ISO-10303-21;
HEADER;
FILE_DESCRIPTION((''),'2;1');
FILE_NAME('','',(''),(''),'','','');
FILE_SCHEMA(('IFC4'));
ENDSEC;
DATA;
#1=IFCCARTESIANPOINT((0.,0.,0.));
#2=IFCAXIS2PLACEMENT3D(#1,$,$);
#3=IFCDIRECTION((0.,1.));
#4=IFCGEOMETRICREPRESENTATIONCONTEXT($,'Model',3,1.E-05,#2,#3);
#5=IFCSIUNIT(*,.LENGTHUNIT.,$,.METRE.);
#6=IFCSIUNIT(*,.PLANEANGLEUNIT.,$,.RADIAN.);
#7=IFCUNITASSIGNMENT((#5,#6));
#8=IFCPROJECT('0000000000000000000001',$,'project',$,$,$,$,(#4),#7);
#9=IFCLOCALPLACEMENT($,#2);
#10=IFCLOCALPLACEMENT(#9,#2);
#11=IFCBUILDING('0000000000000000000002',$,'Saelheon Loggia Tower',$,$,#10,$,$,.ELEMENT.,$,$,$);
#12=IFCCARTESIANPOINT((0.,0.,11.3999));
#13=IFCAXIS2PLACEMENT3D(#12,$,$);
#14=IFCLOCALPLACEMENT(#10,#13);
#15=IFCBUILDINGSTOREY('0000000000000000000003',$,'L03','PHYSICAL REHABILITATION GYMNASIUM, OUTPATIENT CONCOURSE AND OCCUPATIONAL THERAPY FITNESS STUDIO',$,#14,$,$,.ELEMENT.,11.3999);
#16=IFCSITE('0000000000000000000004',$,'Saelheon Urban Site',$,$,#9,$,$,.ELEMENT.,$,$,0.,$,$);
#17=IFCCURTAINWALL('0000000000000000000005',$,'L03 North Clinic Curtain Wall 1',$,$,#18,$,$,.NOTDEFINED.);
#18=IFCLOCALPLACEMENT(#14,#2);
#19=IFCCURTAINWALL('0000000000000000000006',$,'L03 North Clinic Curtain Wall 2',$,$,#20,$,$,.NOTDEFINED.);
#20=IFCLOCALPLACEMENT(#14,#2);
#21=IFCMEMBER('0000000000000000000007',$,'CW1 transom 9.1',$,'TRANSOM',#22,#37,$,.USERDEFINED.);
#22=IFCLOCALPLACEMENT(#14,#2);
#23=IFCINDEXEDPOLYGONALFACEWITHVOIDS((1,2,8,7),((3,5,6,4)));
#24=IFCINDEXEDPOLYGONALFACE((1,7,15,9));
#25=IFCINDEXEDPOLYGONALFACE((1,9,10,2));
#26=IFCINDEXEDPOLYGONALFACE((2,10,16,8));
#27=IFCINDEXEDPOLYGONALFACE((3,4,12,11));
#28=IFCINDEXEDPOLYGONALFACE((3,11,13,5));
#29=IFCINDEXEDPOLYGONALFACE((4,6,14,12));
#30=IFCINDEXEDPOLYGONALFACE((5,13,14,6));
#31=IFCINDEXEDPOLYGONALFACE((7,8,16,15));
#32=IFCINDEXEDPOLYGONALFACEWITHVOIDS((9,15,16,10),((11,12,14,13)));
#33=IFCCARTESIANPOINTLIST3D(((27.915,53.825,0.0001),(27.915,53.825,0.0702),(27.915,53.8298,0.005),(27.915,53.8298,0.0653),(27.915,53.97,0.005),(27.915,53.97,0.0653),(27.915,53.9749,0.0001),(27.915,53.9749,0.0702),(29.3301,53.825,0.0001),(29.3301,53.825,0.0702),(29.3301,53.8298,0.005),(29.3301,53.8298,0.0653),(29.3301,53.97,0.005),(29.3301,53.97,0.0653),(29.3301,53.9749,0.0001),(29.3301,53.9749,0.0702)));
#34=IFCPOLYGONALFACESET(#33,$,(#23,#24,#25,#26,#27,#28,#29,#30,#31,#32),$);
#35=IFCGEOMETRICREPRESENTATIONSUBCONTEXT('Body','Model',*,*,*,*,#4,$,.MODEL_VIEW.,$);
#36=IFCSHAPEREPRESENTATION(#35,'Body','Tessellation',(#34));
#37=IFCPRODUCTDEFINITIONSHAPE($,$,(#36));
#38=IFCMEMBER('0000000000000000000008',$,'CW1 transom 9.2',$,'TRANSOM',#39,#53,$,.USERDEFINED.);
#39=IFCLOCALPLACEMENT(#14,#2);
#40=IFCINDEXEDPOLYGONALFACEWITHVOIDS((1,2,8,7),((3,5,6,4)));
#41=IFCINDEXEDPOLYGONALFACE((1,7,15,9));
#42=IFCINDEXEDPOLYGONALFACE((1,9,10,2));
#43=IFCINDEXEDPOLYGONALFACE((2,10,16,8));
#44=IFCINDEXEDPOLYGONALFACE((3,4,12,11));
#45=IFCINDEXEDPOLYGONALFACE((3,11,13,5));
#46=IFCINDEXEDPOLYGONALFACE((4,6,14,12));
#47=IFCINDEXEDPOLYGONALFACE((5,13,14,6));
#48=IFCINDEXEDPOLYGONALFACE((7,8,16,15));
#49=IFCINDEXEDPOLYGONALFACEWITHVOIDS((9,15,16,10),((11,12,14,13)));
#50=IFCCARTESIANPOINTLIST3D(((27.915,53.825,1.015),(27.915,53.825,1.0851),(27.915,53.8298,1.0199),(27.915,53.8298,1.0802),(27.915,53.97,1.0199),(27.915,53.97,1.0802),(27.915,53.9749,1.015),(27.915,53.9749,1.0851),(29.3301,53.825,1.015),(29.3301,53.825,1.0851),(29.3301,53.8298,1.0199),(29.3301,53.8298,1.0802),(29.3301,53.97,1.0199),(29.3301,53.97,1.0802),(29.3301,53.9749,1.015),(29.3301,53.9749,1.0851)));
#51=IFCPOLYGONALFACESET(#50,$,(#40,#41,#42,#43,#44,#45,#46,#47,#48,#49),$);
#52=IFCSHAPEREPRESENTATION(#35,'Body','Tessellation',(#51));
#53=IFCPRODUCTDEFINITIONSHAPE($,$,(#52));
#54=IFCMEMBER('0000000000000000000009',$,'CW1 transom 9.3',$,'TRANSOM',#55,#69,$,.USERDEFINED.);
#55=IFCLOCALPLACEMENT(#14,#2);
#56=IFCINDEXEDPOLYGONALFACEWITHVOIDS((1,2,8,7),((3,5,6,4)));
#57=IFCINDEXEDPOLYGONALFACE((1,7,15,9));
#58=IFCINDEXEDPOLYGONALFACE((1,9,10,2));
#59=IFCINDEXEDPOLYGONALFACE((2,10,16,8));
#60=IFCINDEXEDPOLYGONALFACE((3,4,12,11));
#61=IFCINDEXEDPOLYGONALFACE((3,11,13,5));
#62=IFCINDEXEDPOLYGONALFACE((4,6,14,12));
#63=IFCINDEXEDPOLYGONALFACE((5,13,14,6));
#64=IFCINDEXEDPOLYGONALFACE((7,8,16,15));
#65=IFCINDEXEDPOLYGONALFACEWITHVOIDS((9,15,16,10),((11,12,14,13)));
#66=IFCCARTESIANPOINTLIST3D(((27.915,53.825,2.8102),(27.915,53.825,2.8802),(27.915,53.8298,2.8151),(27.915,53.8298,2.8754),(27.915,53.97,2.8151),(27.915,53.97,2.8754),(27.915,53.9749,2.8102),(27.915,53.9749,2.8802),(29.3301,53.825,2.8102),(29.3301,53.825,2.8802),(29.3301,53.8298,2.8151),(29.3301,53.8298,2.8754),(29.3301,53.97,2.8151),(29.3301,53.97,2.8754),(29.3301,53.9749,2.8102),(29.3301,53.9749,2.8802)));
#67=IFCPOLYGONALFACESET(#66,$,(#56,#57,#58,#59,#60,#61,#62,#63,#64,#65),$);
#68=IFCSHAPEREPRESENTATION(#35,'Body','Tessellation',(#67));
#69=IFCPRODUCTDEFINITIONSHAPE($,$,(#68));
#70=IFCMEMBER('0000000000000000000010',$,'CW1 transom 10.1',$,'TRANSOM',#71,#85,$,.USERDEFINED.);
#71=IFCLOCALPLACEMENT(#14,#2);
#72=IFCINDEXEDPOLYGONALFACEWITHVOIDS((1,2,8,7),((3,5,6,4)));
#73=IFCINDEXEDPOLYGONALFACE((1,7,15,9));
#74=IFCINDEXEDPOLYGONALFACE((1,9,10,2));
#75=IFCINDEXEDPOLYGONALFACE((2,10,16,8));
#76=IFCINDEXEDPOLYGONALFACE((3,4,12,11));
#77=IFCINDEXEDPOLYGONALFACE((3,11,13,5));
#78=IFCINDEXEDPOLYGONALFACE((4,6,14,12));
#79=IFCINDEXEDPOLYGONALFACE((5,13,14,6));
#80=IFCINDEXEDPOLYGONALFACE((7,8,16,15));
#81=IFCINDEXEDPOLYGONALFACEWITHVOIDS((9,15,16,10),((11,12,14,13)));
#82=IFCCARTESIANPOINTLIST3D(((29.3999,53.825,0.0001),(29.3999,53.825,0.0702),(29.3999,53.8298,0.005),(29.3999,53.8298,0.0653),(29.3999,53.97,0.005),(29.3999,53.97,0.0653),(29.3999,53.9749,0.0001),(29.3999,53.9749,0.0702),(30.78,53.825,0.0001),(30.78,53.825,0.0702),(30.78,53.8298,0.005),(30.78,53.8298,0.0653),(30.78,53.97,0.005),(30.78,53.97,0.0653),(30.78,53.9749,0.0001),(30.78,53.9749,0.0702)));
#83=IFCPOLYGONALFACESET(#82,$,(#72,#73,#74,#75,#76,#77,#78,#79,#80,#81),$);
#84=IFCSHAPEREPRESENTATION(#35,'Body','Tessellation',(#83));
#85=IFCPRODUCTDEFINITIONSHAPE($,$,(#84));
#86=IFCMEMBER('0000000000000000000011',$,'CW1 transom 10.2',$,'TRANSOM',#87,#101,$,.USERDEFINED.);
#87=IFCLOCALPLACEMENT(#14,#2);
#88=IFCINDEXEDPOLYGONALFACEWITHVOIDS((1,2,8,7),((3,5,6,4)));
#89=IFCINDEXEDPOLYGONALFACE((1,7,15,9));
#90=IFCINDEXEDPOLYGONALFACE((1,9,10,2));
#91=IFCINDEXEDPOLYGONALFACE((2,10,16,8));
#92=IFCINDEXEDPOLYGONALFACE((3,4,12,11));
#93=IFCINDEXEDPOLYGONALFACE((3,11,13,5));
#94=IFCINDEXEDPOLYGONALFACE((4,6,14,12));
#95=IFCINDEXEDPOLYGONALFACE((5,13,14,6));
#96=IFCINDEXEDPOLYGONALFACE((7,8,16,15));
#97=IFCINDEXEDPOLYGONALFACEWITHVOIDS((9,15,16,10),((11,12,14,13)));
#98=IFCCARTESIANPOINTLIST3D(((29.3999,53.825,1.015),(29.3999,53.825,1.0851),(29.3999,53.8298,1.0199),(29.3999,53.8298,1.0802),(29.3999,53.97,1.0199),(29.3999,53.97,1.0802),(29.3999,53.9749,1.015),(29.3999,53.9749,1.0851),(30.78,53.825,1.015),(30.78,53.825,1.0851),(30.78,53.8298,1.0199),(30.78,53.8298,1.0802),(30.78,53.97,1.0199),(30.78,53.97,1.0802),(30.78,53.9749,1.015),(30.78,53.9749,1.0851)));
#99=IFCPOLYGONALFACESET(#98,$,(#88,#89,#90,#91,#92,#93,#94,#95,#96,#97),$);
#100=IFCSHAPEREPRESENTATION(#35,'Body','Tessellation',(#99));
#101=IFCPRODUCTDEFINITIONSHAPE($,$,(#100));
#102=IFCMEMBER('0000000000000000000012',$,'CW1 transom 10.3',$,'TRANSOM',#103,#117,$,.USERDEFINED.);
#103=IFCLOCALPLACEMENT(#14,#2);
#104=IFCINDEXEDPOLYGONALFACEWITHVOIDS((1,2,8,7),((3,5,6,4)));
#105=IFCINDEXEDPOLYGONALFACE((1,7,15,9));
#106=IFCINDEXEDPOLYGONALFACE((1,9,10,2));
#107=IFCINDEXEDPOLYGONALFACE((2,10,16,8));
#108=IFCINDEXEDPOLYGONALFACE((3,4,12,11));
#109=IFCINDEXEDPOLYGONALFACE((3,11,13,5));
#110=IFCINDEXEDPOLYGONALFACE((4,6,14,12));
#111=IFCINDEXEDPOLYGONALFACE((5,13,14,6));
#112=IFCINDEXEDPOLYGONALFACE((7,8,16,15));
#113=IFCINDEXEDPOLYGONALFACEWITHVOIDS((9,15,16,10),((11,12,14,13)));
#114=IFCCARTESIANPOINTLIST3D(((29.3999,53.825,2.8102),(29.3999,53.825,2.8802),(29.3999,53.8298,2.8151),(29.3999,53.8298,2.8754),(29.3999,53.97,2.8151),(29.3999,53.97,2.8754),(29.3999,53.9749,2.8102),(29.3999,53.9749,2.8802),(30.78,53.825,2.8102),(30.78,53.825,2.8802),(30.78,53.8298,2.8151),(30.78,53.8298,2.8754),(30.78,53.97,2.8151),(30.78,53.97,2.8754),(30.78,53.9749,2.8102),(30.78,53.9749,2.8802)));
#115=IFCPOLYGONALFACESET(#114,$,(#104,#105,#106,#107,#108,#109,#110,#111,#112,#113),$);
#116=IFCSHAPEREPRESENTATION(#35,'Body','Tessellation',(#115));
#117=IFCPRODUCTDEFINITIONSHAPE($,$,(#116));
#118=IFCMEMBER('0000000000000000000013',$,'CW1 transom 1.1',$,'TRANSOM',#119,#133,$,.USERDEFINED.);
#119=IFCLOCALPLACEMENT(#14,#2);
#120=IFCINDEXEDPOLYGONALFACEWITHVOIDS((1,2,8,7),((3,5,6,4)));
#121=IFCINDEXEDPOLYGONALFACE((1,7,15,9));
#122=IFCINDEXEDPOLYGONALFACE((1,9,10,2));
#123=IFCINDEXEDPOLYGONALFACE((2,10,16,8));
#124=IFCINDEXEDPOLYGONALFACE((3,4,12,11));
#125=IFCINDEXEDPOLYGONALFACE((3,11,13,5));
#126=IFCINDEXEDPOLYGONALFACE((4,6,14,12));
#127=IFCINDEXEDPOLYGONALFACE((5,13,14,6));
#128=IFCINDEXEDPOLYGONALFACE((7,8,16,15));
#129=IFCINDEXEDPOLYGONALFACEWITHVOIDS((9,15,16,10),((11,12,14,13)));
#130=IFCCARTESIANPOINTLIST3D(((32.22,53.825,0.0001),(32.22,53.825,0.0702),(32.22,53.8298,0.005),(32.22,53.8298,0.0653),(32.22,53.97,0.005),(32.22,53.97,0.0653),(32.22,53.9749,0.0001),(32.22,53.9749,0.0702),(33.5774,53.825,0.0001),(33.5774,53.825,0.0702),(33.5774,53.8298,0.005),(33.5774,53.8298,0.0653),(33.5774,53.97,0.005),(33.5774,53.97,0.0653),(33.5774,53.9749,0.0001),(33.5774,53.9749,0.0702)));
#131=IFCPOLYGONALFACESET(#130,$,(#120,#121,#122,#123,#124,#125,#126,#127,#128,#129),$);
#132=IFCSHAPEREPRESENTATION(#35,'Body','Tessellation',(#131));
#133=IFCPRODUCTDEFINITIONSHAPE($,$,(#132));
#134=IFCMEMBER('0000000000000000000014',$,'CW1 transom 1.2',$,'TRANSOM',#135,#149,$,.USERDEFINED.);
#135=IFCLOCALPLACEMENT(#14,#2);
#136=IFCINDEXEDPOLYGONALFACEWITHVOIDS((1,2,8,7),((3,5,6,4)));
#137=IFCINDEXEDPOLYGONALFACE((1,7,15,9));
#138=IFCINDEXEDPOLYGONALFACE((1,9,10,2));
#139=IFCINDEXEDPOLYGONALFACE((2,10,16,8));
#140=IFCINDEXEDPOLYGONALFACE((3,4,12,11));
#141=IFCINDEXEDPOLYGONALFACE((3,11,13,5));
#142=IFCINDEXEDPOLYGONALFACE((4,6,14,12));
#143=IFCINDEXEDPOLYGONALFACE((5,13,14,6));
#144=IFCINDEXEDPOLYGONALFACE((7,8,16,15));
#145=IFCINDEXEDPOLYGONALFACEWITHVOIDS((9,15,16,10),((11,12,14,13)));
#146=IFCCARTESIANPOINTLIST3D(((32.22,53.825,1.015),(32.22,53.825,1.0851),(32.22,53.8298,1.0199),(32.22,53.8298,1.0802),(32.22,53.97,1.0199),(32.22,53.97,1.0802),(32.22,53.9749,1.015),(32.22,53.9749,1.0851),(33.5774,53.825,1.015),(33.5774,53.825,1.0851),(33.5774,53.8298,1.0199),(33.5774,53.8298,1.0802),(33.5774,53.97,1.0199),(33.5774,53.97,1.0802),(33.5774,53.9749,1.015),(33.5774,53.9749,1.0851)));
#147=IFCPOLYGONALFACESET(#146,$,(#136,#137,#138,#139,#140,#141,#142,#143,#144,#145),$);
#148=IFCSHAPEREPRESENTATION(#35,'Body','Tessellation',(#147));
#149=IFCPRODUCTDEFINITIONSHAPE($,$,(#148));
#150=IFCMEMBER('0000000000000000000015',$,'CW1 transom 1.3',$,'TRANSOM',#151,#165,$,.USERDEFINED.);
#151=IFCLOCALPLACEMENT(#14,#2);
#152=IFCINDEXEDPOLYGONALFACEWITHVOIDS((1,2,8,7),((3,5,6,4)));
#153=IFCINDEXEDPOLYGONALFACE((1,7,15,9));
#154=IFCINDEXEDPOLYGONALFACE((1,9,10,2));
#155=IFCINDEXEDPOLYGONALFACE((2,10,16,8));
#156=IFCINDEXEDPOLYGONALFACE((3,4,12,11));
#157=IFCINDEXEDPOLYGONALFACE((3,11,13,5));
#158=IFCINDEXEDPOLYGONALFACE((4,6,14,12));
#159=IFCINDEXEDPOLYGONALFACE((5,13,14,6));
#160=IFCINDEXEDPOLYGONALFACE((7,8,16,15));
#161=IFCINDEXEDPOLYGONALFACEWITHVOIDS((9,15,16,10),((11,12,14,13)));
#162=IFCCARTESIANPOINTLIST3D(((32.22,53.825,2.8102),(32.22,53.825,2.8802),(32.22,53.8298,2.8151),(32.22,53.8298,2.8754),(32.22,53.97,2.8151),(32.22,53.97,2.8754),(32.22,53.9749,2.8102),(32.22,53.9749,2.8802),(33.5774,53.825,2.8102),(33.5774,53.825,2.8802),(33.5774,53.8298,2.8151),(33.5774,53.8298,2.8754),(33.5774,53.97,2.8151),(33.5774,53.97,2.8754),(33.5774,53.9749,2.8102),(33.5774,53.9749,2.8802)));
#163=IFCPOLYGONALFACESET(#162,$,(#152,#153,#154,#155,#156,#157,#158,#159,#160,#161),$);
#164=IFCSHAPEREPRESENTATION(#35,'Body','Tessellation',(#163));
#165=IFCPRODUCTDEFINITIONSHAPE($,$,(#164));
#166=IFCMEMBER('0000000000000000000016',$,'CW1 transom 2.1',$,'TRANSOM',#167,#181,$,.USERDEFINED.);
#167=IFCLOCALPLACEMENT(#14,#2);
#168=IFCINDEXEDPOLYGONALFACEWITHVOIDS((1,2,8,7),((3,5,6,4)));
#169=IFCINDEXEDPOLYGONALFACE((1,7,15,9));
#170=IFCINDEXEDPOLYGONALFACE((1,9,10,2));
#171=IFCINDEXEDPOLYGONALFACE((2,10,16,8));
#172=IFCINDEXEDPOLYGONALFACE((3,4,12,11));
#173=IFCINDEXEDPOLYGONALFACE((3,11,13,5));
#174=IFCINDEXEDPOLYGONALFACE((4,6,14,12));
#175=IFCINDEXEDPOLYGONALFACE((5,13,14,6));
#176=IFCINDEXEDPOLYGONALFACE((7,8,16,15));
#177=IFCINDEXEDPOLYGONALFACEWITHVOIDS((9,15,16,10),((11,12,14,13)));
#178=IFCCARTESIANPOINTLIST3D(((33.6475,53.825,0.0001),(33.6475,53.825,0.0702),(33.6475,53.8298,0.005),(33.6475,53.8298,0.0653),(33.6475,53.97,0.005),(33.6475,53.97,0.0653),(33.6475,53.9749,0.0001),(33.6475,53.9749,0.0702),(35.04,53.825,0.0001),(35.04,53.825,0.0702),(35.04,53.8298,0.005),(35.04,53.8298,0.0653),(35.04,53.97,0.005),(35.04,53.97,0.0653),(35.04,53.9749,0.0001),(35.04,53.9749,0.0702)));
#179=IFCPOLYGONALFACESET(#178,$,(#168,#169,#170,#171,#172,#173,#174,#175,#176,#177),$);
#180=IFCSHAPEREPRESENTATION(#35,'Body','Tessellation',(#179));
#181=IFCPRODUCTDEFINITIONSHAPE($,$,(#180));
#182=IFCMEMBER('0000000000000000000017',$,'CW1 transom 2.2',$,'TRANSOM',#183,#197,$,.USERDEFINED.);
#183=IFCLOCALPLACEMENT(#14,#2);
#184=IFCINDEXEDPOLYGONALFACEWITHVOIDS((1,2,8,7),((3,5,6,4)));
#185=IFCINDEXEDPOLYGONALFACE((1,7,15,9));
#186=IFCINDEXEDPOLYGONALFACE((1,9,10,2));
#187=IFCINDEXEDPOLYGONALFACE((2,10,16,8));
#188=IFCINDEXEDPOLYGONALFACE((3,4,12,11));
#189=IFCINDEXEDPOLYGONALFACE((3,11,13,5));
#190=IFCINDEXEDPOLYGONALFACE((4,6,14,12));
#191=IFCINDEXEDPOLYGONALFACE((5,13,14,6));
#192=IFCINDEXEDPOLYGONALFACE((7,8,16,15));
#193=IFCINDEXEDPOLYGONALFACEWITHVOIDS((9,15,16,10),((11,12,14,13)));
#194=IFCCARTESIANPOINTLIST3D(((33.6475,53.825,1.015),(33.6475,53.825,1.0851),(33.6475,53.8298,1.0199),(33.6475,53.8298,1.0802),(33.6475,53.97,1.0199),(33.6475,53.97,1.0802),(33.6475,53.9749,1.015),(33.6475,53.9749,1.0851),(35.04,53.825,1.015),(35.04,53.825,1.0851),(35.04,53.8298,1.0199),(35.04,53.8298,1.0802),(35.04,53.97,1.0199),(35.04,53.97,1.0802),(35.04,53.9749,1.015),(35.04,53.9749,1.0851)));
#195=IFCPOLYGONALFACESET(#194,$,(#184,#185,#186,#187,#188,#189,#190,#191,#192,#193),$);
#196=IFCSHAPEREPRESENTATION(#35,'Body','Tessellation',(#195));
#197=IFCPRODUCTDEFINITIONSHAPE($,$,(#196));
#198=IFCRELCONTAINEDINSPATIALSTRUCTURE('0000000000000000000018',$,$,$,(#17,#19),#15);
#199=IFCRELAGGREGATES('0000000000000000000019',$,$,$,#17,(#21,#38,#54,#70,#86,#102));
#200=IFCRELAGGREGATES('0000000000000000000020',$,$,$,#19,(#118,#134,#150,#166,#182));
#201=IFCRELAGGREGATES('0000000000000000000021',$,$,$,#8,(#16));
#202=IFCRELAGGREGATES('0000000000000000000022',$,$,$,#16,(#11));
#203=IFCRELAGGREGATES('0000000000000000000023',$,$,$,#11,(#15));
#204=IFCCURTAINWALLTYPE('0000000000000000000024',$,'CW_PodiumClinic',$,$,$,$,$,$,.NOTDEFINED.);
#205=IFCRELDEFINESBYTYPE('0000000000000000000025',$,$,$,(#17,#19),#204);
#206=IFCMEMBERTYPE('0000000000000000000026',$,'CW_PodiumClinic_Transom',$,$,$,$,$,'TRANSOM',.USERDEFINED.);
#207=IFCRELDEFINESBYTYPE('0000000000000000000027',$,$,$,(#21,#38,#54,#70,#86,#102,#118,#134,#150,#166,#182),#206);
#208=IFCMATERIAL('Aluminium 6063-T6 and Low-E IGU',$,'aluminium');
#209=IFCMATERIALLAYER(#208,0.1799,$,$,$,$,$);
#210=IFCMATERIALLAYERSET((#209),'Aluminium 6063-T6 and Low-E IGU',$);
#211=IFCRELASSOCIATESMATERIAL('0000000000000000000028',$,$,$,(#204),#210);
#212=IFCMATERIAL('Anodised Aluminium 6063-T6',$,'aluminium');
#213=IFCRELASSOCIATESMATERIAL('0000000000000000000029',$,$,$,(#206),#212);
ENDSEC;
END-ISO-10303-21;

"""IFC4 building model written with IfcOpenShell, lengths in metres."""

from ifc_helpers import new_model, si_unit, direction, frame, origin, origin_2d, place, context, subcontext, project, spatial, hollow_rectangle, extrude, source, transform, mapped, material, layer, layer_set, material_profile, profile_set, type_object, element, aggregate, save


model = new_model("IFC4")

# Units and contexts
model_context = context("Model", 3, precision=1e-05, world=origin(), true_north=direction((0.0, 1.0)))
body_context = subcontext(model_context, "Body", "Model", "MODEL_VIEW")
ifc_project = project(units=[si_unit("LENGTHUNIT", "METRE"), si_unit("PLANEANGLEUNIT", "RADIAN")], contexts=[model_context])

# Site, building, storey
site_placement = place(None, origin())
site = spatial("IfcSite", under=ifc_project, at=site_placement, Name="Saelheon Urban Site", CompositionType="ELEMENT", RefElevation=0.0)
building_placement = place(site_placement, origin())
building = spatial("IfcBuilding", under=site, at=building_placement, Name="Saelheon Loggia Tower", CompositionType="ELEMENT")
storey_placement = place(building_placement, frame((0.0, 0.0, 11.3999)))
storey = spatial("IfcBuildingStorey", under=building, at=storey_placement, Name="L03", Description="PHYSICAL REHABILITATION GYMNASIUM, OUTPATIENT CONCOURSE AND OCCUPATIONAL THERAPY FITNESS STUDIO", CompositionType="ELEMENT", Elevation=11.3999)

# Curtain walls
ifc_material_1 = material(Name="Aluminium 6063-T6 and Low-E IGU", Category="aluminium")
ifc_layer_1 = layer(ifc_material_1, 0.1799)
ifc_layer_set_1 = layer_set([ifc_layer_1], Name="Aluminium 6063-T6 and Low-E IGU")
curtain_wall_type = type_object("IfcCurtainWallType", Name="CW_PodiumClinic", PredefinedType="NOTDEFINED", material=ifc_layer_set_1)
curtain_wall_1_placement = place(storey_placement, origin())
curtain_wall_1 = element("IfcCurtainWall", 1, at=curtain_wall_1_placement, inside=storey, type_object=curtain_wall_type, Name="L03 North Clinic Curtain Wall 1", PredefinedType="NOTDEFINED")
ifc_material_2 = material(Name="Anodised Aluminium 6063-T6", Category="aluminium")
curtain_wall_2_placement = place(storey_placement, origin())
curtain_wall_2 = element("IfcCurtainWall", 2, at=curtain_wall_2_placement, inside=storey, type_object=curtain_wall_type, Name="L03 North Clinic Curtain Wall 2", PredefinedType="NOTDEFINED")

# Members
ifc_material_profile_1 = material_profile(ifc_material_2, hollow_rectangle(XDim=0.0701, YDim=0.1499, WallThickness=0.0049, at=origin_2d()), Name="RHS-150x70x5")
ifc_profile_set_1 = profile_set([ifc_material_profile_1], Name="Anodised Aluminium 6063-T6")
member_type_1 = type_object("IfcMemberType", Name="CW_PodiumClinic_Transom", ElementType="TRANSOM", PredefinedType="USERDEFINED", material=ifc_profile_set_1)
shared_shape_1 = source(origin(), body_context, "Body", "SweptSolid", [
    extrude(hollow_rectangle(XDim=0.0701, YDim=0.1499, WallThickness=0.0049, at=origin_2d()), origin(), (0.0, 0.0, 1.0), 1.415),
])
member_1_placement = place(storey_placement, frame((27.915, 53.8999, 0.0352), z_axis=(1.0, 0.0, 0.0), x_axis=(0.0, 0.0, 1.0)))
member_1 = element("IfcMember", 3, at=member_1_placement, type_object=member_type_1, Name="CW1 transom 9.1", ObjectType="TRANSOM", PredefinedType="USERDEFINED", context=body_context, shape_type="MappedRepresentation", body=[
    mapped(shared_shape_1, transform((0.0, 0.0, 0.0), scale=1.0)),
])
member_2_placement = place(storey_placement, frame((27.915, 53.8999, 1.05), z_axis=(1.0, 0.0, 0.0), x_axis=(0.0, 0.0, 1.0)))
member_2 = element("IfcMember", 4, at=member_2_placement, type_object=member_type_1, Name="CW1 transom 9.2", ObjectType="TRANSOM", PredefinedType="USERDEFINED", context=body_context, shape_type="MappedRepresentation", body=[
    mapped(shared_shape_1, transform((0.0, 0.0, 0.0), scale=1.0)),
])
member_3_placement = place(storey_placement, frame((27.915, 53.8999, 2.8452), z_axis=(1.0, 0.0, 0.0), x_axis=(0.0, 0.0, 1.0)))
member_3 = element("IfcMember", 5, at=member_3_placement, type_object=member_type_1, Name="CW1 transom 9.3", ObjectType="TRANSOM", PredefinedType="USERDEFINED", context=body_context, shape_type="MappedRepresentation", body=[
    mapped(shared_shape_1, transform((0.0, 0.0, 0.0), scale=1.0)),
])
shared_shape_2 = source(origin(), body_context, "Body", "SweptSolid", [
    extrude(hollow_rectangle(XDim=0.0701, YDim=0.1499, WallThickness=0.0049, at=origin_2d()), origin(), (0.0, 0.0, 1.0), 1.3801),
])
member_4_placement = place(storey_placement, frame((29.3999, 53.8999, 0.0352), z_axis=(1.0, 0.0, 0.0), x_axis=(0.0, 0.0, 1.0)))
member_4 = element("IfcMember", 6, at=member_4_placement, type_object=member_type_1, Name="CW1 transom 10.1", ObjectType="TRANSOM", PredefinedType="USERDEFINED", context=body_context, shape_type="MappedRepresentation", body=[
    mapped(shared_shape_2, transform((0.0, 0.0, 0.0), scale=1.0)),
])
member_5_placement = place(storey_placement, frame((29.3999, 53.8999, 1.05), z_axis=(1.0, 0.0, 0.0), x_axis=(0.0, 0.0, 1.0)))
member_5 = element("IfcMember", 7, at=member_5_placement, type_object=member_type_1, Name="CW1 transom 10.2", ObjectType="TRANSOM", PredefinedType="USERDEFINED", context=body_context, shape_type="MappedRepresentation", body=[
    mapped(shared_shape_2, transform((0.0, 0.0, 0.0), scale=1.0)),
])
member_6_placement = place(storey_placement, frame((29.3999, 53.8999, 2.8452), z_axis=(1.0, 0.0, 0.0), x_axis=(0.0, 0.0, 1.0)))
member_6 = element("IfcMember", 8, at=member_6_placement, type_object=member_type_1, Name="CW1 transom 10.3", ObjectType="TRANSOM", PredefinedType="USERDEFINED", context=body_context, shape_type="MappedRepresentation", body=[
    mapped(shared_shape_2, transform((0.0, 0.0, 0.0), scale=1.0)),
])
shared_shape_3 = source(origin(), body_context, "Body", "SweptSolid", [
    extrude(hollow_rectangle(XDim=0.0701, YDim=0.1499, WallThickness=0.0049, at=origin_2d()), origin(), (0.0, 0.0, 1.0), 1.3574),
])
member_7_placement = place(storey_placement, frame((32.22, 53.8999, 0.0352), z_axis=(1.0, 0.0, 0.0), x_axis=(0.0, 0.0, 1.0)))
member_7 = element("IfcMember", 9, at=member_7_placement, type_object=member_type_1, Name="CW1 transom 1.1", ObjectType="TRANSOM", PredefinedType="USERDEFINED", context=body_context, shape_type="MappedRepresentation", body=[
    mapped(shared_shape_3, transform((0.0, 0.0, 0.0), scale=1.0)),
])
member_8_placement = place(storey_placement, frame((32.22, 53.8999, 1.05), z_axis=(1.0, 0.0, 0.0), x_axis=(0.0, 0.0, 1.0)))
member_8 = element("IfcMember", 10, at=member_8_placement, type_object=member_type_1, Name="CW1 transom 1.2", ObjectType="TRANSOM", PredefinedType="USERDEFINED", context=body_context, shape_type="MappedRepresentation", body=[
    mapped(shared_shape_3, transform((0.0, 0.0, 0.0), scale=1.0)),
])
member_9_placement = place(storey_placement, frame((32.22, 53.8999, 2.8452), z_axis=(1.0, 0.0, 0.0), x_axis=(0.0, 0.0, 1.0)))
member_9 = element("IfcMember", 11, at=member_9_placement, type_object=member_type_1, Name="CW1 transom 1.3", ObjectType="TRANSOM", PredefinedType="USERDEFINED", context=body_context, shape_type="MappedRepresentation", body=[
    mapped(shared_shape_3, transform((0.0, 0.0, 0.0), scale=1.0)),
])
shared_shape_4 = source(origin(), body_context, "Body", "SweptSolid", [
    extrude(hollow_rectangle(XDim=0.0701, YDim=0.1499, WallThickness=0.0049, at=origin_2d()), origin(), (0.0, 0.0, 1.0), 1.3926),
])
member_10_placement = place(storey_placement, frame((33.6475, 53.8999, 0.0352), z_axis=(1.0, 0.0, 0.0), x_axis=(0.0, 0.0, 1.0)))
member_10 = element("IfcMember", 12, at=member_10_placement, type_object=member_type_1, Name="CW1 transom 2.1", ObjectType="TRANSOM", PredefinedType="USERDEFINED", context=body_context, shape_type="MappedRepresentation", body=[
    mapped(shared_shape_4, transform((0.0, 0.0, 0.0), scale=1.0)),
])
member_11_placement = place(storey_placement, frame((33.6475, 53.8999, 1.05), z_axis=(1.0, 0.0, 0.0), x_axis=(0.0, 0.0, 1.0)))
member_11 = element("IfcMember", 13, at=member_11_placement, type_object=member_type_1, Name="CW1 transom 2.2", ObjectType="TRANSOM", PredefinedType="USERDEFINED", context=body_context, shape_type="MappedRepresentation", body=[
    mapped(shared_shape_4, transform((0.0, 0.0, 0.0), scale=1.0)),
])

aggregate(curtain_wall_1, [member_1, member_2, member_3, member_4, member_5, member_6])
aggregate(curtain_wall_2, [member_7, member_8, member_9, member_10, member_11])

save(model, "model.ifc")
